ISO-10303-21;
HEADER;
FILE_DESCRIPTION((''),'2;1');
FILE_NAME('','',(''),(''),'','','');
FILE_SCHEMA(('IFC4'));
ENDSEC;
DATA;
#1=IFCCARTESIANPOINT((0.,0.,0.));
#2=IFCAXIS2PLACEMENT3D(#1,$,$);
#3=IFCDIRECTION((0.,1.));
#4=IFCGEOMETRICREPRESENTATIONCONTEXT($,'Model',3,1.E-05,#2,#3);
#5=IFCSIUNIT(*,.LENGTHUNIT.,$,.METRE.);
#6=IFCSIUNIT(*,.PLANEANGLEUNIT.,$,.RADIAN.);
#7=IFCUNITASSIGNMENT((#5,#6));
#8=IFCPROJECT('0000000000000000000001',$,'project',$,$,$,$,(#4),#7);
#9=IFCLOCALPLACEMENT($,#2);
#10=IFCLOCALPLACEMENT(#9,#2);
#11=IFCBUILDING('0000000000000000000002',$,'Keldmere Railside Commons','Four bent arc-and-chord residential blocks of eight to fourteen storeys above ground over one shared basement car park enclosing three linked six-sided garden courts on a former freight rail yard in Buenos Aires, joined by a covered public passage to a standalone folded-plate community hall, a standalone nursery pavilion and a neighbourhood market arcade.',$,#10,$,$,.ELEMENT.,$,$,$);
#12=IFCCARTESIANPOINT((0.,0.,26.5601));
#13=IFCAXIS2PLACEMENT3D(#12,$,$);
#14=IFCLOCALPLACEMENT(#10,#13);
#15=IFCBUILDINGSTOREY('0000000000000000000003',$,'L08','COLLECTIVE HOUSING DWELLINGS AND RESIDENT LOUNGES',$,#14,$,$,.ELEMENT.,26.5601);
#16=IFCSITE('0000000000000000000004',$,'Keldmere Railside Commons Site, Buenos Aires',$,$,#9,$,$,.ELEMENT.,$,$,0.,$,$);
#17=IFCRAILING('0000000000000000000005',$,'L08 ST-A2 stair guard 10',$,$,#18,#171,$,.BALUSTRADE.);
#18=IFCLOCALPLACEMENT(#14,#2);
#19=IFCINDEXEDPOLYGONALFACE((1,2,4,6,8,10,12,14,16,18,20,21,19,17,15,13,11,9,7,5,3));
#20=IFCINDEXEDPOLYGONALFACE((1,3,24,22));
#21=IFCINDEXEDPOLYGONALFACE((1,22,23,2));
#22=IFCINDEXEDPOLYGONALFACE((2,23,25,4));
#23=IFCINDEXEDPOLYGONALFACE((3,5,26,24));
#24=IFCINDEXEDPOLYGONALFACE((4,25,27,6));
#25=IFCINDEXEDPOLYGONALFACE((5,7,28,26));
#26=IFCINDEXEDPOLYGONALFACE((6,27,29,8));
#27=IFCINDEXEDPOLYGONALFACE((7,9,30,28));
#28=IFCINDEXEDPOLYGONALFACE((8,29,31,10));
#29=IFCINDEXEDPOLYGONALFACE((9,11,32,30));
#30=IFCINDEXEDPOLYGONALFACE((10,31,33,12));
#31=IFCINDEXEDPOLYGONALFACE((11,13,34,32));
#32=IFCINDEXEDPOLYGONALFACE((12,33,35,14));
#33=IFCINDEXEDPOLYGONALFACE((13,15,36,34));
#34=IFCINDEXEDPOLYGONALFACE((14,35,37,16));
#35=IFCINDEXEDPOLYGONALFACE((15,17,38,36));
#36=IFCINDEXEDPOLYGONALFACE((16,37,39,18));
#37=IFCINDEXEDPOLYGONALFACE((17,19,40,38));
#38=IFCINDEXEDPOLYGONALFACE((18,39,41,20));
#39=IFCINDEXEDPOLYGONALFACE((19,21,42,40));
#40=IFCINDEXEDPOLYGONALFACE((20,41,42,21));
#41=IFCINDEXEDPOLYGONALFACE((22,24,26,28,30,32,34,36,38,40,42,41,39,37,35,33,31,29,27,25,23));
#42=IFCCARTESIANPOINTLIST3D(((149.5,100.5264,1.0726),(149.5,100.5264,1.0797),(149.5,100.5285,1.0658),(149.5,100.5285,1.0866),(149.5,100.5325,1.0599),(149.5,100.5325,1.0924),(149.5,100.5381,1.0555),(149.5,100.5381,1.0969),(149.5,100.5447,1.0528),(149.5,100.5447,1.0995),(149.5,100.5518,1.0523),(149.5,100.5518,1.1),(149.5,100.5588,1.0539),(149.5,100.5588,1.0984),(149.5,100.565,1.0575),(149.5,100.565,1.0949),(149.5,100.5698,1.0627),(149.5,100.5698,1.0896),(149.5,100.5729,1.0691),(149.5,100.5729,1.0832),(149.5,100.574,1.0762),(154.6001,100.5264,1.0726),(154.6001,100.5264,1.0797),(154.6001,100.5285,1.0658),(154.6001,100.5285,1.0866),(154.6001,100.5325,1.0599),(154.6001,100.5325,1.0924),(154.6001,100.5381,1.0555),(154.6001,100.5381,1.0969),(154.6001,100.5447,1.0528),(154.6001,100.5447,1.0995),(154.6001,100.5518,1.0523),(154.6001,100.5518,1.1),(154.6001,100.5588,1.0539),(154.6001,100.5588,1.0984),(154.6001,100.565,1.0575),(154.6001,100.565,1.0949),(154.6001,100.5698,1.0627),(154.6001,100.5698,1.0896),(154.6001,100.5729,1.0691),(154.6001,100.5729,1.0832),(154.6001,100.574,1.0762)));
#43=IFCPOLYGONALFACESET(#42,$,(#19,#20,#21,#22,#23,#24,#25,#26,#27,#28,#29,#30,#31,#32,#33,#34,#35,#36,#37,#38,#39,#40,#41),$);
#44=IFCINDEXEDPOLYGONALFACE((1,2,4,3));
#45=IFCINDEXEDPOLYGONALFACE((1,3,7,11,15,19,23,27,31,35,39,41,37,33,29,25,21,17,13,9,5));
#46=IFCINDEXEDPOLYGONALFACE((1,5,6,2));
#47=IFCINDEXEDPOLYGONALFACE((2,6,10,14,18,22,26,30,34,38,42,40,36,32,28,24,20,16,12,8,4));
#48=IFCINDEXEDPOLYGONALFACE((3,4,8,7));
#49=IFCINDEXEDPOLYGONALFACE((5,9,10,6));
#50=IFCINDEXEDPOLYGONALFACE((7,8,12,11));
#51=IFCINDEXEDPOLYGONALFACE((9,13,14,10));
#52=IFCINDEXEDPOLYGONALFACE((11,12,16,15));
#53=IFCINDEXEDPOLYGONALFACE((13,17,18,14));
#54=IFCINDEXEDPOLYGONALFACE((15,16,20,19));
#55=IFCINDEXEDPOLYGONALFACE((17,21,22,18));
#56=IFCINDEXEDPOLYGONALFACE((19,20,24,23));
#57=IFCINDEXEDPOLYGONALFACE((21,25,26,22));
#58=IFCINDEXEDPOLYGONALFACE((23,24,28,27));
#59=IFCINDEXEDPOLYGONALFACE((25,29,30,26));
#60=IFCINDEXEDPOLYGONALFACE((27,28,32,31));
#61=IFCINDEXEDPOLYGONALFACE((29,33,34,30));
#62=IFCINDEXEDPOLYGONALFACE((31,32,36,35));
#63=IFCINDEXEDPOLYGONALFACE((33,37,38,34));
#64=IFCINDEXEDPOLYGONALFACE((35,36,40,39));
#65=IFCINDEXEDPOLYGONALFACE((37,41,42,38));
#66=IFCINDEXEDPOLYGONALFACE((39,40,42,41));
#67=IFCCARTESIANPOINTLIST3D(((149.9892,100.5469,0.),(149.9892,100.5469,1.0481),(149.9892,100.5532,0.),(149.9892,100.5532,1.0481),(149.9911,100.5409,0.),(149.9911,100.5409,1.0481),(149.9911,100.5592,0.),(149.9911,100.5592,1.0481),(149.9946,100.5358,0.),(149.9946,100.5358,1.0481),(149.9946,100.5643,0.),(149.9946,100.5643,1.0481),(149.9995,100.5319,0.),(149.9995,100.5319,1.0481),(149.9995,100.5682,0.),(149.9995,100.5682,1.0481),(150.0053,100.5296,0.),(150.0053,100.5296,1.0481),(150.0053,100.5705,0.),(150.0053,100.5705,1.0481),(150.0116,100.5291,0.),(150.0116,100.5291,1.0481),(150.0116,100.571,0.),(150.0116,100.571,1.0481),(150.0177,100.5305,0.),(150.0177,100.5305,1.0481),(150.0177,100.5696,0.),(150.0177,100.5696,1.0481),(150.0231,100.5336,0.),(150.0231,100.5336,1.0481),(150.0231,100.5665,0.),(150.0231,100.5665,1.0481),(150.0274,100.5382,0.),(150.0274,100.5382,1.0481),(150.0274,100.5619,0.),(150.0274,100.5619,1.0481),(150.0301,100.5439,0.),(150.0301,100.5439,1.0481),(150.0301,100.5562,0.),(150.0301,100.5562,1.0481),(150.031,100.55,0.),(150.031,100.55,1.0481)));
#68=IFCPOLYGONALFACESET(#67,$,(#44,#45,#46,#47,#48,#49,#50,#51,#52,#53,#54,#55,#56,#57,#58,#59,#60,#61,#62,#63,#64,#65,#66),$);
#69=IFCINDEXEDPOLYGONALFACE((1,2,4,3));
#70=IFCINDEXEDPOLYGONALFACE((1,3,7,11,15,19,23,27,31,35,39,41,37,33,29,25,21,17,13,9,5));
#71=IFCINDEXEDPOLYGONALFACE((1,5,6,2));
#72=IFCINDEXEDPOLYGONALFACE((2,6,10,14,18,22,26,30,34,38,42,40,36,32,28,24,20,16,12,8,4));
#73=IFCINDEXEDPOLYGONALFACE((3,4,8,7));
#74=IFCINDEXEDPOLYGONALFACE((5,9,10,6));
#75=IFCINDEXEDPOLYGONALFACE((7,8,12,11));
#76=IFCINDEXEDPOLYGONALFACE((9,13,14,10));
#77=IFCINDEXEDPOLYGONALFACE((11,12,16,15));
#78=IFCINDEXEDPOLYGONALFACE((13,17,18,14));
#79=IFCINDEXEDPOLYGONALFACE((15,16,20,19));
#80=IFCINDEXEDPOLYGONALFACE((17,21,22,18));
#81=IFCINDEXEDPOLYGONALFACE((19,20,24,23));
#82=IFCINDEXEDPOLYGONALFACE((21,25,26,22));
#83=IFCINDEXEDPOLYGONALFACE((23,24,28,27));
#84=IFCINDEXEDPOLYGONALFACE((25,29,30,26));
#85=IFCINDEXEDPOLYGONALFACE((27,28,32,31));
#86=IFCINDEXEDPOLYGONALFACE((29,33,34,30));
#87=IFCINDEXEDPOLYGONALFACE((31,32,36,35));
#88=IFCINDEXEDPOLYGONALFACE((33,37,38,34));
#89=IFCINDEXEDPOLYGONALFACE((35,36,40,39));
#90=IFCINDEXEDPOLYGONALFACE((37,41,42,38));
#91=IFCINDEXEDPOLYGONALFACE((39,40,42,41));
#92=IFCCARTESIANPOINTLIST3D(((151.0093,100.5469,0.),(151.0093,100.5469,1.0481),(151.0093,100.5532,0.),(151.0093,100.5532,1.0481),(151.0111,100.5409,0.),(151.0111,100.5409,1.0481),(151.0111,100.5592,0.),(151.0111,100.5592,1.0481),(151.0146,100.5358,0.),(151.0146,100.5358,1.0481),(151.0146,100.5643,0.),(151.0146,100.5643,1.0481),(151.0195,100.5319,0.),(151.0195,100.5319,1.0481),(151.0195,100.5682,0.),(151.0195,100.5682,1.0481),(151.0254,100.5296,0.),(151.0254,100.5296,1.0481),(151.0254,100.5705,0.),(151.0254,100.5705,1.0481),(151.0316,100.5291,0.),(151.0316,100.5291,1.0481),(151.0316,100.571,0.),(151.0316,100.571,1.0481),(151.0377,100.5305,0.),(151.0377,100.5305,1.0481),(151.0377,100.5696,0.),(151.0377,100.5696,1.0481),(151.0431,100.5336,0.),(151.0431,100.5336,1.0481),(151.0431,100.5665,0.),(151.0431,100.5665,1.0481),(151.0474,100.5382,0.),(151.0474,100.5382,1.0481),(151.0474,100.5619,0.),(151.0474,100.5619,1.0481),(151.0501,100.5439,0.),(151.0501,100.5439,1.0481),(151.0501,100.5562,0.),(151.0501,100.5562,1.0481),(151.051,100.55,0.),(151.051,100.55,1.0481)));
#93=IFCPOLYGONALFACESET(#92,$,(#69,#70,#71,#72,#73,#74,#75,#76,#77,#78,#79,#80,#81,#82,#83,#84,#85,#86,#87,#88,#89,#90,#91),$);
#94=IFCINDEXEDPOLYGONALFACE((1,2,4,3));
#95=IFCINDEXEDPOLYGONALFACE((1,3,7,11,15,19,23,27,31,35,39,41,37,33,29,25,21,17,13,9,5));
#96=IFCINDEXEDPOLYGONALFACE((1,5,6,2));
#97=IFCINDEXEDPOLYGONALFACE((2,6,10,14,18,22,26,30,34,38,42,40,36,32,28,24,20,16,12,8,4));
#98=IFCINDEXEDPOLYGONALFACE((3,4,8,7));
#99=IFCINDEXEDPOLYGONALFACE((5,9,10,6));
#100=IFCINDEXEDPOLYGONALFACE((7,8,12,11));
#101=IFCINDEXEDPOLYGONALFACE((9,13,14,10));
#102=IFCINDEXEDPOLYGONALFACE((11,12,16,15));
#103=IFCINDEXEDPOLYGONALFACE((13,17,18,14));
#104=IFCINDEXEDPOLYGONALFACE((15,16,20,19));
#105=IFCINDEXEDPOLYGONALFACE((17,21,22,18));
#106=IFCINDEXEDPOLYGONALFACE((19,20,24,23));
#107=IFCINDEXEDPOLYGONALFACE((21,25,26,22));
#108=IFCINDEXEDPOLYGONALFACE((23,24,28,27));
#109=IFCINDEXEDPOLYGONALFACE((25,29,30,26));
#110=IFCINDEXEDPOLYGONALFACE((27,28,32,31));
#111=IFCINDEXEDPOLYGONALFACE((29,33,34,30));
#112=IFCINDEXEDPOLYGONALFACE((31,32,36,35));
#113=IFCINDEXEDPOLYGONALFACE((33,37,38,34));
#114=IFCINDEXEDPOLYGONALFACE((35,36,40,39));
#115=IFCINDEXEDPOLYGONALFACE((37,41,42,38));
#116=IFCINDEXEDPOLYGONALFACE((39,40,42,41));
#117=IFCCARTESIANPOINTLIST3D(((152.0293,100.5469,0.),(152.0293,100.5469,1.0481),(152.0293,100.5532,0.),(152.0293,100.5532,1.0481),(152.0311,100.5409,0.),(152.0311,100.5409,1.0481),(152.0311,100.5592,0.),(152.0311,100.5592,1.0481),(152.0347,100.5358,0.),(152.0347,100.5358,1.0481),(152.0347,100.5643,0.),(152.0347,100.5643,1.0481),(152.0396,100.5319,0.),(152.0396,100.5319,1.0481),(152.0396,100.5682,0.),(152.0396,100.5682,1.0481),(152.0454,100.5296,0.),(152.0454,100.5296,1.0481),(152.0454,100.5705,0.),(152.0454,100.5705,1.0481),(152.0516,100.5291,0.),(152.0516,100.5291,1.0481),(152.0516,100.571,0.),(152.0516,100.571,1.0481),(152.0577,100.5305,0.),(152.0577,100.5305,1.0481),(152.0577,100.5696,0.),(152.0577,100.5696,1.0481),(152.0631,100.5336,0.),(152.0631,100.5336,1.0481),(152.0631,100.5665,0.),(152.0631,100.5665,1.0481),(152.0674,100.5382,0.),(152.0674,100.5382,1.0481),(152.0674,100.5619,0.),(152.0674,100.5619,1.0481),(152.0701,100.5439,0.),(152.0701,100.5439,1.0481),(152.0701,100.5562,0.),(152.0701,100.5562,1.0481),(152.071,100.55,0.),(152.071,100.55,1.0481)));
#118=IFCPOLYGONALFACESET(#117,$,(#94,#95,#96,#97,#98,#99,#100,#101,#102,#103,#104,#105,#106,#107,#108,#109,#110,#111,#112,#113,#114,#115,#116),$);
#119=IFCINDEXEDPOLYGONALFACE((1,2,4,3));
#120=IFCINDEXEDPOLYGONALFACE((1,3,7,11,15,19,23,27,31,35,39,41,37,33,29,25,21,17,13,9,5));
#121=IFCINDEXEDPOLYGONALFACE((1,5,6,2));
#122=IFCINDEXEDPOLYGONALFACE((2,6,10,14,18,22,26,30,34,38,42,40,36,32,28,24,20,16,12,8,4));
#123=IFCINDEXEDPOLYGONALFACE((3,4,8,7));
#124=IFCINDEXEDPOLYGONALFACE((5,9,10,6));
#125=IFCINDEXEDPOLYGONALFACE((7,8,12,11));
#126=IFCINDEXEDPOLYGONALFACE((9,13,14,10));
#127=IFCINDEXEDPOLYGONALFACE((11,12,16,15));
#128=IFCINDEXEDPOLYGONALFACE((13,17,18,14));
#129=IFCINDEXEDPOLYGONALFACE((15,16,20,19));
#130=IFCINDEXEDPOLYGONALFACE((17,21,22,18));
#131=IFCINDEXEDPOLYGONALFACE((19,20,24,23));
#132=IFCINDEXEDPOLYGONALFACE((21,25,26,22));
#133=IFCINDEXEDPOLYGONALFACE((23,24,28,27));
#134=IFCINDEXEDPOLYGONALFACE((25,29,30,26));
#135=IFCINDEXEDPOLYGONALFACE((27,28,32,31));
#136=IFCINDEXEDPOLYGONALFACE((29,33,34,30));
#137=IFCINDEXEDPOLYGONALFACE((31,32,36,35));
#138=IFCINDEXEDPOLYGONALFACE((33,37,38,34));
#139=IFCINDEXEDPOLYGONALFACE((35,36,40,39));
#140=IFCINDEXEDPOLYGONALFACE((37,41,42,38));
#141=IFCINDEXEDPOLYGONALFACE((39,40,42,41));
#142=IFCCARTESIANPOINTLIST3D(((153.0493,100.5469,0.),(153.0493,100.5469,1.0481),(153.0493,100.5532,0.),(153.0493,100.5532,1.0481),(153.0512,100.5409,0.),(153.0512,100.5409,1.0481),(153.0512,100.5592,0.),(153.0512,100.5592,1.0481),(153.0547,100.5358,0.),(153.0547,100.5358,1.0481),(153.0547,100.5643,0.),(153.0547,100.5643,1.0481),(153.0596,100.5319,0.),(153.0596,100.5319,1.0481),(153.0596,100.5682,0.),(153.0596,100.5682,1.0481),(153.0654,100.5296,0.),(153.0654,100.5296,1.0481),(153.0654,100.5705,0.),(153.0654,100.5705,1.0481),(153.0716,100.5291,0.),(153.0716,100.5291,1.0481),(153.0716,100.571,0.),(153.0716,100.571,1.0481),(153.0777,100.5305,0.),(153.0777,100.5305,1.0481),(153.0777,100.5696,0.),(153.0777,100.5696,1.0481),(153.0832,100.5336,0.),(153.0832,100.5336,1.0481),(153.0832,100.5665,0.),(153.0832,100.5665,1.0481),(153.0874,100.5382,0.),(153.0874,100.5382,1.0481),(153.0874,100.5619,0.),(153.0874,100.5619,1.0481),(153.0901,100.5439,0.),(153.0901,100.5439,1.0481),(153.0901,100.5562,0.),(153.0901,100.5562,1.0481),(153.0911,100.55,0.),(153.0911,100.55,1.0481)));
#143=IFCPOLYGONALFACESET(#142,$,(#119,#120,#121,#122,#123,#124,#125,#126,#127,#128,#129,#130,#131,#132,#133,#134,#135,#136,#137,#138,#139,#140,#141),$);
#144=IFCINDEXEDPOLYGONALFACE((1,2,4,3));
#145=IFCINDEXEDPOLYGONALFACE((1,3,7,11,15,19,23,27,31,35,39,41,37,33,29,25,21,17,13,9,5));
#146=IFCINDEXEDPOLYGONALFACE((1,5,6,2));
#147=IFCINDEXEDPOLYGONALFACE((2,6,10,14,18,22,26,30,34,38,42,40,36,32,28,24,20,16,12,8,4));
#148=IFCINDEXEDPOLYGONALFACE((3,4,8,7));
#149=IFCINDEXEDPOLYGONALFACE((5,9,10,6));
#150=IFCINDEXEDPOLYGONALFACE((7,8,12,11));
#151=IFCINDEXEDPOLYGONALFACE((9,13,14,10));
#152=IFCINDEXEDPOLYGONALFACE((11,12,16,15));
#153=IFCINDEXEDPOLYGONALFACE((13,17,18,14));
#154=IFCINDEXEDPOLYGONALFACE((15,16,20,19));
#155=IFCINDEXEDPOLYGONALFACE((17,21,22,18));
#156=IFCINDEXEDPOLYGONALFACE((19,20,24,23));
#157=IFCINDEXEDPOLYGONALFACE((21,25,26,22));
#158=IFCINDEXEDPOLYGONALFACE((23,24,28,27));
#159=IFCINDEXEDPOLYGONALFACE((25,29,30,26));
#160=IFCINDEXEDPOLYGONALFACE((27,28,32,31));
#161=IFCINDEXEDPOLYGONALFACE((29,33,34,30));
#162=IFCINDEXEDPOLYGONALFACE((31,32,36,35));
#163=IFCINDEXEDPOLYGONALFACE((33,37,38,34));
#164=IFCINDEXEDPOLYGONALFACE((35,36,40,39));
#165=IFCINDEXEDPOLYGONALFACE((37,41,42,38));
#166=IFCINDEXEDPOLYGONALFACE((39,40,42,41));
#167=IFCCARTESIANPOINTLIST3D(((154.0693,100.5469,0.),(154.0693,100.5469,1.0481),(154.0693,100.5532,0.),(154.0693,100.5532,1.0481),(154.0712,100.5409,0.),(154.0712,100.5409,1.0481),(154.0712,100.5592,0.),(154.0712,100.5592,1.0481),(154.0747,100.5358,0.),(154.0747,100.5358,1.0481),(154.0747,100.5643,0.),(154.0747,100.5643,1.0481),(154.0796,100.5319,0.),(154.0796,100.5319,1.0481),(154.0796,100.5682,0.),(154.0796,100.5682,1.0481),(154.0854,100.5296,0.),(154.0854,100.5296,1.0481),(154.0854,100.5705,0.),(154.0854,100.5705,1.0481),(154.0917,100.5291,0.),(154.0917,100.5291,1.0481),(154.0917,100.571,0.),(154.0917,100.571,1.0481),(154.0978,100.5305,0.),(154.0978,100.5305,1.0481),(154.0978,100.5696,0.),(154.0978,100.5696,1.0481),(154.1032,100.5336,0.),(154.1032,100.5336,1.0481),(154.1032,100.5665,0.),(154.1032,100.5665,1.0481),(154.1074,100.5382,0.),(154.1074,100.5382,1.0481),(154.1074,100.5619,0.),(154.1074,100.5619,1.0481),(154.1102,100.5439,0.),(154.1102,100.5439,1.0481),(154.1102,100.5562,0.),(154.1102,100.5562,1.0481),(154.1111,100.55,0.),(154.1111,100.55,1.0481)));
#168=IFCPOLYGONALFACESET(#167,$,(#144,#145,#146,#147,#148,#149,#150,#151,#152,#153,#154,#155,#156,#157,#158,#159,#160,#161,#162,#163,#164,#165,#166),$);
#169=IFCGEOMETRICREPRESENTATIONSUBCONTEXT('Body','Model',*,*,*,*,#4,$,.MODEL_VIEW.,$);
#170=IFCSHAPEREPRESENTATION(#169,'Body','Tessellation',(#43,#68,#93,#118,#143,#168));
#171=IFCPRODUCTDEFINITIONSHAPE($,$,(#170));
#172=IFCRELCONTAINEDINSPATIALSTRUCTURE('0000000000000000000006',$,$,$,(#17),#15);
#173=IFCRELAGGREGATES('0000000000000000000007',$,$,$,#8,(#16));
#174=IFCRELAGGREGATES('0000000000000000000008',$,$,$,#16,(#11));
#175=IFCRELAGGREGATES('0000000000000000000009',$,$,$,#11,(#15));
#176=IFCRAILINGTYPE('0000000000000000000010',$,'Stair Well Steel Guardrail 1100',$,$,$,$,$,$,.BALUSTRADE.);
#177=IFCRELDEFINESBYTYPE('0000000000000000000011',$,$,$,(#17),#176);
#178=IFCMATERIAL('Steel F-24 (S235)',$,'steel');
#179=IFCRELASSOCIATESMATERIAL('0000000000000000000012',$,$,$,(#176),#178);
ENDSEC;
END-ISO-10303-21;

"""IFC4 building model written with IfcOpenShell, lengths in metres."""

from ifc_helpers import new_model, si_unit, direction, frame, origin, origin_2d, place, context, subcontext, project, spatial, circle, extrude, material, type_object, element, save


model = new_model("IFC4")

# Units and contexts
model_context = context("Model", 3, precision=1e-05, world=origin(), true_north=direction((0.0, 1.0)))
body_context = subcontext(model_context, "Body", "Model", "MODEL_VIEW")
ifc_project = project(units=[si_unit("LENGTHUNIT", "METRE"), si_unit("PLANEANGLEUNIT", "RADIAN")], contexts=[model_context])

# Site, building, storey
site_placement = place(None, origin())
site = spatial("IfcSite", under=ifc_project, at=site_placement, Name="Keldmere Railside Commons Site, Buenos Aires", CompositionType="ELEMENT", RefElevation=0.0)
building_placement = place(site_placement, origin())
building = spatial("IfcBuilding", under=site, at=building_placement, Name="Keldmere Railside Commons", Description="Four bent arc-and-chord residential blocks of eight to fourteen storeys above ground over one shared basement car park enclosing three linked six-sided garden courts on a former freight rail yard in Buenos Aires, joined by a covered public passage to a standalone folded-plate community hall, a standalone nursery pavilion and a neighbourhood market arcade.", CompositionType="ELEMENT")
storey_placement = place(building_placement, frame((0.0, 0.0, 26.5601)))
storey = spatial("IfcBuildingStorey", under=building, at=storey_placement, Name="L08", Description="COLLECTIVE HOUSING DWELLINGS AND RESIDENT LOUNGES", CompositionType="ELEMENT", Elevation=26.5601)

# Railing
ifc_material_1 = material(Name="Steel F-24 (S235)", Category="steel")
railing_type_1 = type_object("IfcRailingType", Name="Stair Well Steel Guardrail 1100", PredefinedType="BALUSTRADE", material=ifc_material_1)
for number, where, name in (
    (1, (149.5, 100.55, 0.0), "L08 ST-A2 stair guard 10"),
):
    element("IfcRailing", number, at=place(storey_placement, frame(where)), inside=storey, type_object=railing_type_1, Name=name, PredefinedType="BALUSTRADE", context=body_context, shape_type="SweptSolid", body=[
        extrude(circle(Radius=0.0239, at=origin_2d()), frame((0.0, 0.0, 1.0762), z_axis=(1.0, 0.0, 0.0), x_axis=(0.0, 1.0, 0.0)), (0.0, 0.0, 1.0), 5.1001),
        extrude(circle(Radius=0.021, at=origin_2d()), frame((0.51, 0.0, 0.0)), (0.0, 0.0, 1.0), 1.0481),
        extrude(circle(Radius=0.021, at=origin_2d()), frame((1.53, 0.0, 0.0)), (0.0, 0.0, 1.0), 1.0481),
        extrude(circle(Radius=0.021, at=origin_2d()), frame((2.55, 0.0, 0.0)), (0.0, 0.0, 1.0), 1.0481),
        extrude(circle(Radius=0.021, at=origin_2d()), frame((3.5701, 0.0, 0.0)), (0.0, 0.0, 1.0), 1.0481),
        extrude(circle(Radius=0.021, at=origin_2d()), frame((4.5901, 0.0, 0.0)), (0.0, 0.0, 1.0), 1.0481),
    ])

save(model, "model.ifc")
